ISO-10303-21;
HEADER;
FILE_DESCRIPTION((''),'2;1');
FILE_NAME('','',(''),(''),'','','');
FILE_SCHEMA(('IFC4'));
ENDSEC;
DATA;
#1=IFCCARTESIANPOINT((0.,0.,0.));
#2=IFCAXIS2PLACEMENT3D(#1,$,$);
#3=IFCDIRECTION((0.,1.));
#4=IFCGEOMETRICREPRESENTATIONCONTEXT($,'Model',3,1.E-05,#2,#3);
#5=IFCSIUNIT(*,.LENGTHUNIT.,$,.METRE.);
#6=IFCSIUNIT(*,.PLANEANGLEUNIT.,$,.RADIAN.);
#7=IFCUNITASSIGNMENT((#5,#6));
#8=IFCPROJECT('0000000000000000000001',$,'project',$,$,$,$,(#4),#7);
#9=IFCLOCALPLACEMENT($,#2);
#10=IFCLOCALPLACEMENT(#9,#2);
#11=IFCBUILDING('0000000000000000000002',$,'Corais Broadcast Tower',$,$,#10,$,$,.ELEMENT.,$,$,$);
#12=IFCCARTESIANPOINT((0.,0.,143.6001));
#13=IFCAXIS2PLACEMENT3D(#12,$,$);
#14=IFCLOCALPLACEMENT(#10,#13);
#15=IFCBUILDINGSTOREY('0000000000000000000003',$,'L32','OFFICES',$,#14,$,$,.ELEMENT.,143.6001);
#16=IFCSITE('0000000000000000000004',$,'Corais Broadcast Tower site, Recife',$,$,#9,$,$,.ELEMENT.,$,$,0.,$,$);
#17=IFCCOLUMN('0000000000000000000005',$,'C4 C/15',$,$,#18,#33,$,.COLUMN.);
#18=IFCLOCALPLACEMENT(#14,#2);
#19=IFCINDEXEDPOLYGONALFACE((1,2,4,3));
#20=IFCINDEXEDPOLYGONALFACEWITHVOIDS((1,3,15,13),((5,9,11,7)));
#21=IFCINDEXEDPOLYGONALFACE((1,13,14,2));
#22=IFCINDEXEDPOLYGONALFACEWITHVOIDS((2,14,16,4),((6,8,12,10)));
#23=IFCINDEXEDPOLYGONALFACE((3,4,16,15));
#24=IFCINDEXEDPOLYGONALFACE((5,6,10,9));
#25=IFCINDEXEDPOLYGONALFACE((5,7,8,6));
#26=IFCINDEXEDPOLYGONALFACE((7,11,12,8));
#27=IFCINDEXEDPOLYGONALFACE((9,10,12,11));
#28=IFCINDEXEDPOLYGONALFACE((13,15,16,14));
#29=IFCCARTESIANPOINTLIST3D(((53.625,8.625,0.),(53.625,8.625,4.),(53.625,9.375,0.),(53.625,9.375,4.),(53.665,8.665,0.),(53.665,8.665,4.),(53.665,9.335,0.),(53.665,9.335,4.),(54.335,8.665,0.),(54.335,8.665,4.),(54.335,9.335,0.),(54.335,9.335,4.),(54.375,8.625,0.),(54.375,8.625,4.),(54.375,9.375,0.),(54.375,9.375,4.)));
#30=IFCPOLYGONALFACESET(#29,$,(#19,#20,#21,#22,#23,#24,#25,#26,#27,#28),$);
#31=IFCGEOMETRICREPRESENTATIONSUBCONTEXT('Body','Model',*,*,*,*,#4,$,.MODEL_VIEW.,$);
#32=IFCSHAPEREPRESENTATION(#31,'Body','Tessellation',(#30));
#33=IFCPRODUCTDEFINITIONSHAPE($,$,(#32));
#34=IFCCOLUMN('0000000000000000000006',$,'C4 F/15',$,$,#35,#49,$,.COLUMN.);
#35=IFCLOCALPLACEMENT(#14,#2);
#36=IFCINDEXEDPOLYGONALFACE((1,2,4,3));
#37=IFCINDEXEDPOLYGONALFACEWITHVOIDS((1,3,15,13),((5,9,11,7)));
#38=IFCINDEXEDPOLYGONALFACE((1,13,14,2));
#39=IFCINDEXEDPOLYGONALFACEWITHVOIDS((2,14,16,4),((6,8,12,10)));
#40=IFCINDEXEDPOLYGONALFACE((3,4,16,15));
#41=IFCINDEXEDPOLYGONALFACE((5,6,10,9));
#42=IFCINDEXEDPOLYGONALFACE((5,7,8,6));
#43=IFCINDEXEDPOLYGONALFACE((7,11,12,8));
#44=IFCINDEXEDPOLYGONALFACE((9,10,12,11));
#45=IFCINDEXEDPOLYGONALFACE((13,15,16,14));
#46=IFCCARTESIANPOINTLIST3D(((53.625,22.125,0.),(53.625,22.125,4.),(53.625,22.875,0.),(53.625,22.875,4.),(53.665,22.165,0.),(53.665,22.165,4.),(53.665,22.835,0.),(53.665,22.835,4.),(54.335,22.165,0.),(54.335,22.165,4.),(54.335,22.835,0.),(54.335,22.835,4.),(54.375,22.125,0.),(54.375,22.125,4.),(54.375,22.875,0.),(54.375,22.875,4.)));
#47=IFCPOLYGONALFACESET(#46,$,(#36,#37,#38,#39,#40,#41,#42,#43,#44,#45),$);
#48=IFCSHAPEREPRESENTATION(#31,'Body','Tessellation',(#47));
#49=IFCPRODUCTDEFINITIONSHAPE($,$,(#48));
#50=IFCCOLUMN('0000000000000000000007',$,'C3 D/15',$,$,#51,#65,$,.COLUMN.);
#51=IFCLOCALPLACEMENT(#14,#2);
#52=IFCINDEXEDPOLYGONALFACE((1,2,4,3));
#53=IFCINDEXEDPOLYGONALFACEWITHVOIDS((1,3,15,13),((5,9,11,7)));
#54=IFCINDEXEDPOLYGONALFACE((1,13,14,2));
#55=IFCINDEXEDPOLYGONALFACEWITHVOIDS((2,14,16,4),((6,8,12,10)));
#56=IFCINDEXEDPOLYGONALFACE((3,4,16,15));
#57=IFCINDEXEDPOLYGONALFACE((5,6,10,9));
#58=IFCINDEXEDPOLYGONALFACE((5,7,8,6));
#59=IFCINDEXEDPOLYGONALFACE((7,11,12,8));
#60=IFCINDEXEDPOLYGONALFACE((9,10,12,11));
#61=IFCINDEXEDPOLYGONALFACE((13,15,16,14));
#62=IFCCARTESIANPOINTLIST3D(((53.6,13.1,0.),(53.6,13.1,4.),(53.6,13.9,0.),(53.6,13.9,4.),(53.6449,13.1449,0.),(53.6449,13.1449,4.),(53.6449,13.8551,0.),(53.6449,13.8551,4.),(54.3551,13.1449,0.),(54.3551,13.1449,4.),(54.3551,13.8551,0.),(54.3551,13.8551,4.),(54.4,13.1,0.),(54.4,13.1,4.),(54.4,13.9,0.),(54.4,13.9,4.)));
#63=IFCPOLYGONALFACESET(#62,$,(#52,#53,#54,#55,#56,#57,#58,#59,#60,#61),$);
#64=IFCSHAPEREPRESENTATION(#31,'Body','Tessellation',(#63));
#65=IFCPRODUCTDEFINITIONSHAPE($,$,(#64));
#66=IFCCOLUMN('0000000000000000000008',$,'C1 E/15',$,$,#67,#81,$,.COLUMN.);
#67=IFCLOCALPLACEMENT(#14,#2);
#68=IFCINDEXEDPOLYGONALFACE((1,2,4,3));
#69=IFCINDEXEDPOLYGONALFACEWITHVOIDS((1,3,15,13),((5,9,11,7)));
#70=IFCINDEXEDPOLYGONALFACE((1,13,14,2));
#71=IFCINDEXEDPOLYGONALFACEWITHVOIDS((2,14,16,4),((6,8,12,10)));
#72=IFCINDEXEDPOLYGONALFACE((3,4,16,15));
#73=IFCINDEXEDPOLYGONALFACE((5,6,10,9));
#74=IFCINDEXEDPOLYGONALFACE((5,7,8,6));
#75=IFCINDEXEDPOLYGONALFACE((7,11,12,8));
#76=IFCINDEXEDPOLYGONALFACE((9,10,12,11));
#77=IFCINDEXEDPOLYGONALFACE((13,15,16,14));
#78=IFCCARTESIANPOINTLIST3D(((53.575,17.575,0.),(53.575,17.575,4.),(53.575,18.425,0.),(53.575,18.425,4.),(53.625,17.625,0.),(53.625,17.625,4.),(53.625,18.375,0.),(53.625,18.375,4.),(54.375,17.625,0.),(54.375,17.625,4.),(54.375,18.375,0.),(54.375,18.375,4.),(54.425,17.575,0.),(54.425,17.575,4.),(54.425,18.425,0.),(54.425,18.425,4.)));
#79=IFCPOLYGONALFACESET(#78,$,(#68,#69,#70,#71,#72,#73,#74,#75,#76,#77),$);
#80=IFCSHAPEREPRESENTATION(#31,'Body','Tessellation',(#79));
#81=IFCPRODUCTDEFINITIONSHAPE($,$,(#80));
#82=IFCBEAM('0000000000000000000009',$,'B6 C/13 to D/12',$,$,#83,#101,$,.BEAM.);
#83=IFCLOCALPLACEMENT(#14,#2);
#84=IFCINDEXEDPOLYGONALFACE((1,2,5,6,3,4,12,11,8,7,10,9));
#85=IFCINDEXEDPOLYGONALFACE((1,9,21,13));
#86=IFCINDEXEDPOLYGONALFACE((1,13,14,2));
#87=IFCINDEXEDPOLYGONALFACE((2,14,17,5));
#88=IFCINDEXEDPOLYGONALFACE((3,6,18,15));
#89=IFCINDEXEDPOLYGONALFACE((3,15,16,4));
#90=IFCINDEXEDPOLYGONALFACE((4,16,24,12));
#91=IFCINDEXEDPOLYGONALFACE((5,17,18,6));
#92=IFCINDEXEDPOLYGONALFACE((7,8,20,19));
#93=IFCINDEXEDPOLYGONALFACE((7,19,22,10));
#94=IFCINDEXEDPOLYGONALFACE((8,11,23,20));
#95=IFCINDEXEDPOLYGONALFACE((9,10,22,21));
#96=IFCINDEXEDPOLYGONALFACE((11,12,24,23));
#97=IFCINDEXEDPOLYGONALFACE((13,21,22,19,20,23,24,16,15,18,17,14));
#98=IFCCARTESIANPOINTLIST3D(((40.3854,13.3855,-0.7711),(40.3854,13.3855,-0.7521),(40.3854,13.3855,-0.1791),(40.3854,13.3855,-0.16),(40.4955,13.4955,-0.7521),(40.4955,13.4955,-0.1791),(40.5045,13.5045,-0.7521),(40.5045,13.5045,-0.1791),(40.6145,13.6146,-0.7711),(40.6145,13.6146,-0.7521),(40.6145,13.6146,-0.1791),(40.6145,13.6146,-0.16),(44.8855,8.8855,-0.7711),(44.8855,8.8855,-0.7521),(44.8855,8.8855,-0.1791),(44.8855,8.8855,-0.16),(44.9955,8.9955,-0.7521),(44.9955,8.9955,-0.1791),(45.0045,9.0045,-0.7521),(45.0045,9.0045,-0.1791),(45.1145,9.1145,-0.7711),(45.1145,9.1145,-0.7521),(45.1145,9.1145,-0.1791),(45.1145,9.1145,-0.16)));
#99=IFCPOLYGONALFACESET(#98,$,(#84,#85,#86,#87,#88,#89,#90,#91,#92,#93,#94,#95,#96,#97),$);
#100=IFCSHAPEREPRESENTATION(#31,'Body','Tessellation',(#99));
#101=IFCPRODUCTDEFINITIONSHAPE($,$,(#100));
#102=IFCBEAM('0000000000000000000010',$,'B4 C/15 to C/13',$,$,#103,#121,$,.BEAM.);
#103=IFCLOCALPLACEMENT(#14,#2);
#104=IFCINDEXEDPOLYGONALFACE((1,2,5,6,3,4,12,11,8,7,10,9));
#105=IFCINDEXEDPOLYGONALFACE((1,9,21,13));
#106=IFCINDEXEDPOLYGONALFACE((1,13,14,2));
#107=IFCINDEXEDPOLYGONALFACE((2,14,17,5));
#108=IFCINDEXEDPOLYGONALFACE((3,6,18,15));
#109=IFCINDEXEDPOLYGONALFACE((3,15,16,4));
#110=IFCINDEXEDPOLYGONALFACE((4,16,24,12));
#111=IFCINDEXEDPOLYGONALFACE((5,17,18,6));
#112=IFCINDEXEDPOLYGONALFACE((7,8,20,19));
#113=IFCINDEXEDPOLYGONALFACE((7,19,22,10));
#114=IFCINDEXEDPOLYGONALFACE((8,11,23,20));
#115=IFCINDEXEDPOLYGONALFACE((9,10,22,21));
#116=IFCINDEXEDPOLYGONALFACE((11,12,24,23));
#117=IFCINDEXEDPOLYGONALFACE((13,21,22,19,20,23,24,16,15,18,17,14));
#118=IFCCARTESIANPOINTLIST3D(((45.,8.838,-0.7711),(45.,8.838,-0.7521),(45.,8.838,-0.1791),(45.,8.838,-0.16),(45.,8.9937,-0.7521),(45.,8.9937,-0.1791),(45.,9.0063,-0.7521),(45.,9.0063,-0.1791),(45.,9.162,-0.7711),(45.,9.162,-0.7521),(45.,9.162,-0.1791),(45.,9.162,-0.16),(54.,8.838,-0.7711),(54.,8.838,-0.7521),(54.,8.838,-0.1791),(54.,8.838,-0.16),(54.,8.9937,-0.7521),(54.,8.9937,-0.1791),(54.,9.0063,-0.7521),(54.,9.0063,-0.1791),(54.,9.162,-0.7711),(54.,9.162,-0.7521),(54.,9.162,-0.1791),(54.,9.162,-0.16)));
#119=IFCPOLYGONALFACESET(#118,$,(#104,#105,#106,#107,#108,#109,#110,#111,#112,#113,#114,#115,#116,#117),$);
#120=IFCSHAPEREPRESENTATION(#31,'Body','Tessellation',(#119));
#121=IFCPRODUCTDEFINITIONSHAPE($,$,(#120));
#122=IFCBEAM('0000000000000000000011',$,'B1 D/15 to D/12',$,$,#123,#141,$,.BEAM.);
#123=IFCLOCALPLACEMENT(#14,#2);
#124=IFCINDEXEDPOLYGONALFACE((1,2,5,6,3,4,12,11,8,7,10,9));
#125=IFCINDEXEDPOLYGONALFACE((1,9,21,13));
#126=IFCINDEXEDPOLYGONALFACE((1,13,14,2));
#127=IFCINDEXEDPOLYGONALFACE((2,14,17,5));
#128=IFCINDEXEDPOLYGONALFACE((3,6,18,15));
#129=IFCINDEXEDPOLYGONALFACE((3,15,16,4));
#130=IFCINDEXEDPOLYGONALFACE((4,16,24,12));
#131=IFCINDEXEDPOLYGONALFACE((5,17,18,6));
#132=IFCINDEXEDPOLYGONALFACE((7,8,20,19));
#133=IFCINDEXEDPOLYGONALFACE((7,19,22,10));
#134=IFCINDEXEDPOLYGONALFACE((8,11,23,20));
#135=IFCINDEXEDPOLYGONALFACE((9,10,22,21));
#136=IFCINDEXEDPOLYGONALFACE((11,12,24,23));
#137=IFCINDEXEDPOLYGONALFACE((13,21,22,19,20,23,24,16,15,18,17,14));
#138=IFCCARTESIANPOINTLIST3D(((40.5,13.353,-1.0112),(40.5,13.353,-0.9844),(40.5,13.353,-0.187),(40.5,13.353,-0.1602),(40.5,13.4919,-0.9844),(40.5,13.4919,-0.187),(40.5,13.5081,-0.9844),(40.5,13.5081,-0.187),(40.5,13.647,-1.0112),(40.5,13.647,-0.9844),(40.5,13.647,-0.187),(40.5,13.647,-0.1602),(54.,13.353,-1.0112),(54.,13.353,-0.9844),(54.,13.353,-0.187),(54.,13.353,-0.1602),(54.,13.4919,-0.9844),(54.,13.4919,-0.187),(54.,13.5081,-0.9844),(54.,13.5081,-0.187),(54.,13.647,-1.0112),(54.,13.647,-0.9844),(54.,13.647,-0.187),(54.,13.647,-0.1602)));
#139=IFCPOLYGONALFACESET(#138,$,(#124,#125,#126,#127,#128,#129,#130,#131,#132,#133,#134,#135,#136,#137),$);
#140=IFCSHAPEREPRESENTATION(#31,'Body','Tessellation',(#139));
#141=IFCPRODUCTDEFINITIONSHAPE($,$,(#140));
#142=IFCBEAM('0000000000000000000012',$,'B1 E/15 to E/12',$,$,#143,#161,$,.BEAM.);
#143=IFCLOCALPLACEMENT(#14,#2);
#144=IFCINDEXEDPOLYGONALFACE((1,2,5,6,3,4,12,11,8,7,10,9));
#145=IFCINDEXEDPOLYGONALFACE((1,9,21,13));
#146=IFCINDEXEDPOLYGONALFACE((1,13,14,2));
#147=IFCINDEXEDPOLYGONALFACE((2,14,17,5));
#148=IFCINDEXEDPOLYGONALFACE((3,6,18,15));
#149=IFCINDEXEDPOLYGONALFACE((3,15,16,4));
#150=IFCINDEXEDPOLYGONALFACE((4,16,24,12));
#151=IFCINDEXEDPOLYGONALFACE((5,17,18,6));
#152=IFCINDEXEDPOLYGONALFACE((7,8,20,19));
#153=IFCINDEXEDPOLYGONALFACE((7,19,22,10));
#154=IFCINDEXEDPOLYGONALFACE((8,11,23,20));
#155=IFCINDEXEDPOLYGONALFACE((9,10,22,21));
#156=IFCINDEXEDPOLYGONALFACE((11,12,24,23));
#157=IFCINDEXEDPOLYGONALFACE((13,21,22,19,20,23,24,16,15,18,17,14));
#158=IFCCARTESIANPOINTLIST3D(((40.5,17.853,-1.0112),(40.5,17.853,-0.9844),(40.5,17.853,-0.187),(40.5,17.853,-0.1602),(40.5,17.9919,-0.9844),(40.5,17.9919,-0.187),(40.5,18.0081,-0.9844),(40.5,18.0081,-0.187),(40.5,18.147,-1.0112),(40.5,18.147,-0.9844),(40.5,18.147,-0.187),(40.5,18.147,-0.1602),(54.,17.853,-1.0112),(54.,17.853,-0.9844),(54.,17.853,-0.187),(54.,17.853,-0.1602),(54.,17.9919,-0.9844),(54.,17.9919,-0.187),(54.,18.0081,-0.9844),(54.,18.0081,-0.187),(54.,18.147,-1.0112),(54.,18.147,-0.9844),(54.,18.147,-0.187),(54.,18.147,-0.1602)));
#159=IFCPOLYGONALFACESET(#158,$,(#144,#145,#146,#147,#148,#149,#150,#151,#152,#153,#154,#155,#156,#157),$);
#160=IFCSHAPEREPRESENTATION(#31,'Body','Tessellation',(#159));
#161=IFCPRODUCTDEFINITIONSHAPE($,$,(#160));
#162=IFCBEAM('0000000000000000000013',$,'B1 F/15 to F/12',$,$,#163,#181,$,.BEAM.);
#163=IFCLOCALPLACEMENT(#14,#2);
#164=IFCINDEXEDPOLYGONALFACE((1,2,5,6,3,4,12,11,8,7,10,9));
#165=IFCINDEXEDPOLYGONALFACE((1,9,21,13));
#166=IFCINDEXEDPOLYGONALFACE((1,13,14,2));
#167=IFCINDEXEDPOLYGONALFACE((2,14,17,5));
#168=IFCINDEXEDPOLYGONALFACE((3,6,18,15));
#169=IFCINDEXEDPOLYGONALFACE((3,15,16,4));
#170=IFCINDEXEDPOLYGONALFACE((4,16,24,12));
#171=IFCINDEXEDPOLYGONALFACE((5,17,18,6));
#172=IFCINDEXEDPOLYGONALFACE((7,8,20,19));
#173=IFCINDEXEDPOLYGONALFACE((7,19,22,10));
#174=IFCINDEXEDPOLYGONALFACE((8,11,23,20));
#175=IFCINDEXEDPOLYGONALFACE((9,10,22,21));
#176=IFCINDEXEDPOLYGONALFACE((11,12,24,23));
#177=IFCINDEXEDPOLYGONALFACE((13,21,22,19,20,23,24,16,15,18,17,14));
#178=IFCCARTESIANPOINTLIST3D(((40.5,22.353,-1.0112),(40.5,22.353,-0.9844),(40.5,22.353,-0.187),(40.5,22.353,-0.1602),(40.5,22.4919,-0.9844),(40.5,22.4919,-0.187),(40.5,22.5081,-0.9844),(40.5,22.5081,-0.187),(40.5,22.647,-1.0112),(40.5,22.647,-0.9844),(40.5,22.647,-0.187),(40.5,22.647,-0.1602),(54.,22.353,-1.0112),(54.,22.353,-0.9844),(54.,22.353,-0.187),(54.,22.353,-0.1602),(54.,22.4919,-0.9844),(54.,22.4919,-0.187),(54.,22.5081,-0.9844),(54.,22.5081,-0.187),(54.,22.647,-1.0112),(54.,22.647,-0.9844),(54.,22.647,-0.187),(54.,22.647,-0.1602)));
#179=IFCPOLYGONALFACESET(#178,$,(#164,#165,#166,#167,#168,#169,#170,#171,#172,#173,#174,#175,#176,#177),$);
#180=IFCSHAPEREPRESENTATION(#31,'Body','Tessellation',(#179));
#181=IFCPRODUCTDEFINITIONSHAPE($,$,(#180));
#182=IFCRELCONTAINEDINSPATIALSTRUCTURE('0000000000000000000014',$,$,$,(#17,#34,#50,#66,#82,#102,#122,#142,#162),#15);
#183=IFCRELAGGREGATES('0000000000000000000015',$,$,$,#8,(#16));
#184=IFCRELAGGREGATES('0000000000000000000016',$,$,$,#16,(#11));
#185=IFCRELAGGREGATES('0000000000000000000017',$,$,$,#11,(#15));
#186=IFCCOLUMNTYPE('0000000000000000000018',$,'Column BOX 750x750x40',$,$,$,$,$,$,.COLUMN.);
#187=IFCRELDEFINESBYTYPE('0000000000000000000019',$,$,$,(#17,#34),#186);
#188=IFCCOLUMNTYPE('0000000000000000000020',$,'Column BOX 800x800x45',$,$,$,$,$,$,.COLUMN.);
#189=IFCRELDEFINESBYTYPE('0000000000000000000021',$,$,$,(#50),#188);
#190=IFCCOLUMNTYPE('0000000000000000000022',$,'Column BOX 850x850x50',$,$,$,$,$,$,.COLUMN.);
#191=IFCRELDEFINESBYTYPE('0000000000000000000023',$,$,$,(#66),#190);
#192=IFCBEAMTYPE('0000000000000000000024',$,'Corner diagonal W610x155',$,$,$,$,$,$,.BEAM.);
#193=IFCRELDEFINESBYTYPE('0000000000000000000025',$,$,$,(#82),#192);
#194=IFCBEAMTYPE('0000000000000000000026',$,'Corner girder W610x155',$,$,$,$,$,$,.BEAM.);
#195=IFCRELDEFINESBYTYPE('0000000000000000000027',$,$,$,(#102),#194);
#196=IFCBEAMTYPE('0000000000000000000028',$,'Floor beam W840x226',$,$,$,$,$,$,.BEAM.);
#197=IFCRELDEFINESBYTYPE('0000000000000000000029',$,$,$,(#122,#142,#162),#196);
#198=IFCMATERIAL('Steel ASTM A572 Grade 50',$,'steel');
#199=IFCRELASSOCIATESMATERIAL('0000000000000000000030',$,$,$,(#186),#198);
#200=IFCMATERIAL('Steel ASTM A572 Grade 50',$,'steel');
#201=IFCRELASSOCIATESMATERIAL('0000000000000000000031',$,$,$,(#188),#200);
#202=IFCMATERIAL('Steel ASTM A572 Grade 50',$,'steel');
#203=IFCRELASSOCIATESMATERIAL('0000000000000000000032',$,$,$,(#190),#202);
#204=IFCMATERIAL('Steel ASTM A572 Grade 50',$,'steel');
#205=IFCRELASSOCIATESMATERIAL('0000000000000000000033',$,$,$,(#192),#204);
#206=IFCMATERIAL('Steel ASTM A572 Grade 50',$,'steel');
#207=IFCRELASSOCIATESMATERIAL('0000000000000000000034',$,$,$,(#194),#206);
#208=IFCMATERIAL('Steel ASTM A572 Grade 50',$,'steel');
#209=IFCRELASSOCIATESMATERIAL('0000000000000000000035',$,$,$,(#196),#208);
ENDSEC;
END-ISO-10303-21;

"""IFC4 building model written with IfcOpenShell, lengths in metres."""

from ifc_helpers import new_model, si_unit, direction, frame, origin, origin_2d, place, context, subcontext, project, spatial, hollow_rectangle, i_section, extrude, material, material_profile, profile_set, type_object, element, save


model = new_model("IFC4")

# Units and contexts
model_context = context("Model", 3, precision=1e-05, world=origin(), true_north=direction((0.0, 1.0)))
body_context = subcontext(model_context, "Body", "Model", "MODEL_VIEW")
ifc_project = project(units=[si_unit("LENGTHUNIT", "METRE"), si_unit("PLANEANGLEUNIT", "RADIAN")], contexts=[model_context])

# Site, building, storey
site_placement = place(None, origin())
site = spatial("IfcSite", under=ifc_project, at=site_placement, Name="Corais Broadcast Tower site, Recife", CompositionType="ELEMENT", RefElevation=0.0)
building_placement = place(site_placement, origin())
building = spatial("IfcBuilding", under=site, at=building_placement, Name="Corais Broadcast Tower", CompositionType="ELEMENT")
storey_placement = place(building_placement, frame((0.0, 0.0, 143.6001)))
storey = spatial("IfcBuildingStorey", under=building, at=storey_placement, Name="L32", Description="OFFICES", CompositionType="ELEMENT", Elevation=143.6001)

# Columns
ifc_material_1 = material(Name="Steel ASTM A572 Grade 50", Category="steel")
ifc_material_profile_1 = material_profile(ifc_material_1, hollow_rectangle(XDim=0.75, YDim=0.75, WallThickness=0.04, at=origin_2d()), Name="BOX 750x750x40")
ifc_profile_set_1 = profile_set([ifc_material_profile_1], Name="Steel ASTM A572 Grade 50")
column_type_1 = type_object("IfcColumnType", Name="Column BOX 750x750x40", PredefinedType="COLUMN", material=ifc_profile_set_1)
for number, where, z_axis, x_axis, name in (
    (1, (54.0, 9.0, 0.0), (0.0, 0.0, 1.0), (1.0, 0.0, 0.0), "C4 C/15"),
    (2, (54.0, 22.5, 0.0), (0.0, 0.0, 1.0), (1.0, 0.0, 0.0), "C4 F/15"),
):
    element("IfcColumn", number, at=place(storey_placement, frame(where, z_axis=z_axis, x_axis=x_axis)), inside=storey, type_object=column_type_1, Name=name, PredefinedType="COLUMN", context=body_context, shape_type="SweptSolid", body=[
        extrude(hollow_rectangle(XDim=0.75, YDim=0.75, WallThickness=0.04, at=origin_2d()), origin(), (0.0, 0.0, 1.0), 4.0),
    ])
ifc_material_2 = material(Name="Steel ASTM A572 Grade 50", Category="steel")
ifc_material_profile_2 = material_profile(ifc_material_2, hollow_rectangle(XDim=0.8, YDim=0.8, WallThickness=0.0449, at=origin_2d()), Name="BOX 800x800x45")
ifc_profile_set_2 = profile_set([ifc_material_profile_2], Name="Steel ASTM A572 Grade 50")
column_type_2 = type_object("IfcColumnType", Name="Column BOX 800x800x45", PredefinedType="COLUMN", material=ifc_profile_set_2)
column_1_placement = place(storey_placement, frame((54.0, 13.5, 0.0), z_axis=(0.0, 0.0, 1.0), x_axis=(1.0, 0.0, 0.0)))
element("IfcColumn", 3, at=column_1_placement, inside=storey, type_object=column_type_2, Name="C3 D/15", PredefinedType="COLUMN", context=body_context, shape_type="SweptSolid", body=[
    extrude(hollow_rectangle(XDim=0.8, YDim=0.8, WallThickness=0.0449, at=origin_2d()), origin(), (0.0, 0.0, 1.0), 4.0),
])
ifc_material_3 = material(Name="Steel ASTM A572 Grade 50", Category="steel")
ifc_material_profile_3 = material_profile(ifc_material_3, hollow_rectangle(XDim=0.8501, YDim=0.8501, WallThickness=0.05, at=origin_2d()), Name="BOX 850x850x50")
ifc_profile_set_3 = profile_set([ifc_material_profile_3], Name="Steel ASTM A572 Grade 50")
column_type_3 = type_object("IfcColumnType", Name="Column BOX 850x850x50", PredefinedType="COLUMN", material=ifc_profile_set_3)
column_2_placement = place(storey_placement, frame((54.0, 18.0, 0.0), z_axis=(0.0, 0.0, 1.0), x_axis=(1.0, 0.0, 0.0)))
element("IfcColumn", 4, at=column_2_placement, inside=storey, type_object=column_type_3, Name="C1 E/15", PredefinedType="COLUMN", context=body_context, shape_type="SweptSolid", body=[
    extrude(hollow_rectangle(XDim=0.8501, YDim=0.8501, WallThickness=0.05, at=origin_2d()), origin(), (0.0, 0.0, 1.0), 4.0),
])

# Beams
ifc_material_4 = material(Name="Steel ASTM A572 Grade 50", Category="steel")
ifc_material_profile_4 = material_profile(ifc_material_4, i_section(OverallWidth=0.324, OverallDepth=0.6111, WebThickness=0.0127, FlangeThickness=0.019, at=origin_2d()), Name="W610x155")
ifc_profile_set_4 = profile_set([ifc_material_profile_4], Name="Steel ASTM A572 Grade 50")
beam_type_1 = type_object("IfcBeamType", Name="Corner diagonal W610x155", PredefinedType="BEAM", material=ifc_profile_set_4)
beam_1_placement = place(storey_placement, frame((45.0, 9.0, -0.4656), z_axis=(-0.707107, 0.707107, 0.0), x_axis=(-0.707107, -0.707107, 0.0)))
element("IfcBeam", 5, at=beam_1_placement, inside=storey, type_object=beam_type_1, Name="B6 C/13 to D/12", PredefinedType="BEAM", context=body_context, shape_type="SweptSolid", body=[
    extrude(i_section(OverallWidth=0.324, OverallDepth=0.6111, WebThickness=0.0127, FlangeThickness=0.019, at=origin_2d()), origin(), (0.0, 0.0, 1.0), 6.364),
])
ifc_material_5 = material(Name="Steel ASTM A572 Grade 50", Category="steel")
ifc_material_profile_5 = material_profile(ifc_material_5, i_section(OverallWidth=0.324, OverallDepth=0.6111, WebThickness=0.0127, FlangeThickness=0.019, at=origin_2d()), Name="W610x155")
ifc_profile_set_5 = profile_set([ifc_material_profile_5], Name="Steel ASTM A572 Grade 50")
beam_type_2 = type_object("IfcBeamType", Name="Corner girder W610x155", PredefinedType="BEAM", material=ifc_profile_set_5)
beam_2_placement = place(storey_placement, frame((54.0, 9.0, -0.4656), z_axis=(-1.0, 0.0, 0.0), x_axis=(0.0, -1.0, 0.0)))
element("IfcBeam", 6, at=beam_2_placement, inside=storey, type_object=beam_type_2, Name="B4 C/15 to C/13", PredefinedType="BEAM", context=body_context, shape_type="SweptSolid", body=[
    extrude(i_section(OverallWidth=0.324, OverallDepth=0.6111, WebThickness=0.0127, FlangeThickness=0.019, at=origin_2d()), origin(), (0.0, 0.0, 1.0), 9.0),
])
ifc_material_6 = material(Name="Steel ASTM A572 Grade 50", Category="steel")
ifc_material_profile_6 = material_profile(ifc_material_6, i_section(OverallWidth=0.2939, OverallDepth=0.8511, WebThickness=0.0161, FlangeThickness=0.0269, at=origin_2d()), Name="W840x226")
ifc_profile_set_6 = profile_set([ifc_material_profile_6], Name="Steel ASTM A572 Grade 50")
beam_type_3 = type_object("IfcBeamType", Name="Floor beam W840x226", PredefinedType="BEAM", material=ifc_profile_set_6)
for number, where, z_axis, x_axis, name in (
    (7, (54.0, 13.5, -0.5857), (-1.0, 0.0, 0.0), (0.0, -1.0, 0.0), "B1 D/15 to D/12"),
    (8, (54.0, 18.0, -0.5857), (-1.0, 0.0, 0.0), (0.0, -1.0, 0.0), "B1 E/15 to E/12"),
    (9, (54.0, 22.5, -0.5857), (-1.0, 0.0, 0.0), (0.0, -1.0, 0.0), "B1 F/15 to F/12"),
):
    element("IfcBeam", number, at=place(storey_placement, frame(where, z_axis=z_axis, x_axis=x_axis)), inside=storey, type_object=beam_type_3, Name=name, PredefinedType="BEAM", context=body_context, shape_type="SweptSolid", body=[
        extrude(i_section(OverallWidth=0.2939, OverallDepth=0.8511, WebThickness=0.0161, FlangeThickness=0.0269, at=origin_2d()), origin(), (0.0, 0.0, 1.0), 13.5),
    ])

save(model, "model.ifc")
